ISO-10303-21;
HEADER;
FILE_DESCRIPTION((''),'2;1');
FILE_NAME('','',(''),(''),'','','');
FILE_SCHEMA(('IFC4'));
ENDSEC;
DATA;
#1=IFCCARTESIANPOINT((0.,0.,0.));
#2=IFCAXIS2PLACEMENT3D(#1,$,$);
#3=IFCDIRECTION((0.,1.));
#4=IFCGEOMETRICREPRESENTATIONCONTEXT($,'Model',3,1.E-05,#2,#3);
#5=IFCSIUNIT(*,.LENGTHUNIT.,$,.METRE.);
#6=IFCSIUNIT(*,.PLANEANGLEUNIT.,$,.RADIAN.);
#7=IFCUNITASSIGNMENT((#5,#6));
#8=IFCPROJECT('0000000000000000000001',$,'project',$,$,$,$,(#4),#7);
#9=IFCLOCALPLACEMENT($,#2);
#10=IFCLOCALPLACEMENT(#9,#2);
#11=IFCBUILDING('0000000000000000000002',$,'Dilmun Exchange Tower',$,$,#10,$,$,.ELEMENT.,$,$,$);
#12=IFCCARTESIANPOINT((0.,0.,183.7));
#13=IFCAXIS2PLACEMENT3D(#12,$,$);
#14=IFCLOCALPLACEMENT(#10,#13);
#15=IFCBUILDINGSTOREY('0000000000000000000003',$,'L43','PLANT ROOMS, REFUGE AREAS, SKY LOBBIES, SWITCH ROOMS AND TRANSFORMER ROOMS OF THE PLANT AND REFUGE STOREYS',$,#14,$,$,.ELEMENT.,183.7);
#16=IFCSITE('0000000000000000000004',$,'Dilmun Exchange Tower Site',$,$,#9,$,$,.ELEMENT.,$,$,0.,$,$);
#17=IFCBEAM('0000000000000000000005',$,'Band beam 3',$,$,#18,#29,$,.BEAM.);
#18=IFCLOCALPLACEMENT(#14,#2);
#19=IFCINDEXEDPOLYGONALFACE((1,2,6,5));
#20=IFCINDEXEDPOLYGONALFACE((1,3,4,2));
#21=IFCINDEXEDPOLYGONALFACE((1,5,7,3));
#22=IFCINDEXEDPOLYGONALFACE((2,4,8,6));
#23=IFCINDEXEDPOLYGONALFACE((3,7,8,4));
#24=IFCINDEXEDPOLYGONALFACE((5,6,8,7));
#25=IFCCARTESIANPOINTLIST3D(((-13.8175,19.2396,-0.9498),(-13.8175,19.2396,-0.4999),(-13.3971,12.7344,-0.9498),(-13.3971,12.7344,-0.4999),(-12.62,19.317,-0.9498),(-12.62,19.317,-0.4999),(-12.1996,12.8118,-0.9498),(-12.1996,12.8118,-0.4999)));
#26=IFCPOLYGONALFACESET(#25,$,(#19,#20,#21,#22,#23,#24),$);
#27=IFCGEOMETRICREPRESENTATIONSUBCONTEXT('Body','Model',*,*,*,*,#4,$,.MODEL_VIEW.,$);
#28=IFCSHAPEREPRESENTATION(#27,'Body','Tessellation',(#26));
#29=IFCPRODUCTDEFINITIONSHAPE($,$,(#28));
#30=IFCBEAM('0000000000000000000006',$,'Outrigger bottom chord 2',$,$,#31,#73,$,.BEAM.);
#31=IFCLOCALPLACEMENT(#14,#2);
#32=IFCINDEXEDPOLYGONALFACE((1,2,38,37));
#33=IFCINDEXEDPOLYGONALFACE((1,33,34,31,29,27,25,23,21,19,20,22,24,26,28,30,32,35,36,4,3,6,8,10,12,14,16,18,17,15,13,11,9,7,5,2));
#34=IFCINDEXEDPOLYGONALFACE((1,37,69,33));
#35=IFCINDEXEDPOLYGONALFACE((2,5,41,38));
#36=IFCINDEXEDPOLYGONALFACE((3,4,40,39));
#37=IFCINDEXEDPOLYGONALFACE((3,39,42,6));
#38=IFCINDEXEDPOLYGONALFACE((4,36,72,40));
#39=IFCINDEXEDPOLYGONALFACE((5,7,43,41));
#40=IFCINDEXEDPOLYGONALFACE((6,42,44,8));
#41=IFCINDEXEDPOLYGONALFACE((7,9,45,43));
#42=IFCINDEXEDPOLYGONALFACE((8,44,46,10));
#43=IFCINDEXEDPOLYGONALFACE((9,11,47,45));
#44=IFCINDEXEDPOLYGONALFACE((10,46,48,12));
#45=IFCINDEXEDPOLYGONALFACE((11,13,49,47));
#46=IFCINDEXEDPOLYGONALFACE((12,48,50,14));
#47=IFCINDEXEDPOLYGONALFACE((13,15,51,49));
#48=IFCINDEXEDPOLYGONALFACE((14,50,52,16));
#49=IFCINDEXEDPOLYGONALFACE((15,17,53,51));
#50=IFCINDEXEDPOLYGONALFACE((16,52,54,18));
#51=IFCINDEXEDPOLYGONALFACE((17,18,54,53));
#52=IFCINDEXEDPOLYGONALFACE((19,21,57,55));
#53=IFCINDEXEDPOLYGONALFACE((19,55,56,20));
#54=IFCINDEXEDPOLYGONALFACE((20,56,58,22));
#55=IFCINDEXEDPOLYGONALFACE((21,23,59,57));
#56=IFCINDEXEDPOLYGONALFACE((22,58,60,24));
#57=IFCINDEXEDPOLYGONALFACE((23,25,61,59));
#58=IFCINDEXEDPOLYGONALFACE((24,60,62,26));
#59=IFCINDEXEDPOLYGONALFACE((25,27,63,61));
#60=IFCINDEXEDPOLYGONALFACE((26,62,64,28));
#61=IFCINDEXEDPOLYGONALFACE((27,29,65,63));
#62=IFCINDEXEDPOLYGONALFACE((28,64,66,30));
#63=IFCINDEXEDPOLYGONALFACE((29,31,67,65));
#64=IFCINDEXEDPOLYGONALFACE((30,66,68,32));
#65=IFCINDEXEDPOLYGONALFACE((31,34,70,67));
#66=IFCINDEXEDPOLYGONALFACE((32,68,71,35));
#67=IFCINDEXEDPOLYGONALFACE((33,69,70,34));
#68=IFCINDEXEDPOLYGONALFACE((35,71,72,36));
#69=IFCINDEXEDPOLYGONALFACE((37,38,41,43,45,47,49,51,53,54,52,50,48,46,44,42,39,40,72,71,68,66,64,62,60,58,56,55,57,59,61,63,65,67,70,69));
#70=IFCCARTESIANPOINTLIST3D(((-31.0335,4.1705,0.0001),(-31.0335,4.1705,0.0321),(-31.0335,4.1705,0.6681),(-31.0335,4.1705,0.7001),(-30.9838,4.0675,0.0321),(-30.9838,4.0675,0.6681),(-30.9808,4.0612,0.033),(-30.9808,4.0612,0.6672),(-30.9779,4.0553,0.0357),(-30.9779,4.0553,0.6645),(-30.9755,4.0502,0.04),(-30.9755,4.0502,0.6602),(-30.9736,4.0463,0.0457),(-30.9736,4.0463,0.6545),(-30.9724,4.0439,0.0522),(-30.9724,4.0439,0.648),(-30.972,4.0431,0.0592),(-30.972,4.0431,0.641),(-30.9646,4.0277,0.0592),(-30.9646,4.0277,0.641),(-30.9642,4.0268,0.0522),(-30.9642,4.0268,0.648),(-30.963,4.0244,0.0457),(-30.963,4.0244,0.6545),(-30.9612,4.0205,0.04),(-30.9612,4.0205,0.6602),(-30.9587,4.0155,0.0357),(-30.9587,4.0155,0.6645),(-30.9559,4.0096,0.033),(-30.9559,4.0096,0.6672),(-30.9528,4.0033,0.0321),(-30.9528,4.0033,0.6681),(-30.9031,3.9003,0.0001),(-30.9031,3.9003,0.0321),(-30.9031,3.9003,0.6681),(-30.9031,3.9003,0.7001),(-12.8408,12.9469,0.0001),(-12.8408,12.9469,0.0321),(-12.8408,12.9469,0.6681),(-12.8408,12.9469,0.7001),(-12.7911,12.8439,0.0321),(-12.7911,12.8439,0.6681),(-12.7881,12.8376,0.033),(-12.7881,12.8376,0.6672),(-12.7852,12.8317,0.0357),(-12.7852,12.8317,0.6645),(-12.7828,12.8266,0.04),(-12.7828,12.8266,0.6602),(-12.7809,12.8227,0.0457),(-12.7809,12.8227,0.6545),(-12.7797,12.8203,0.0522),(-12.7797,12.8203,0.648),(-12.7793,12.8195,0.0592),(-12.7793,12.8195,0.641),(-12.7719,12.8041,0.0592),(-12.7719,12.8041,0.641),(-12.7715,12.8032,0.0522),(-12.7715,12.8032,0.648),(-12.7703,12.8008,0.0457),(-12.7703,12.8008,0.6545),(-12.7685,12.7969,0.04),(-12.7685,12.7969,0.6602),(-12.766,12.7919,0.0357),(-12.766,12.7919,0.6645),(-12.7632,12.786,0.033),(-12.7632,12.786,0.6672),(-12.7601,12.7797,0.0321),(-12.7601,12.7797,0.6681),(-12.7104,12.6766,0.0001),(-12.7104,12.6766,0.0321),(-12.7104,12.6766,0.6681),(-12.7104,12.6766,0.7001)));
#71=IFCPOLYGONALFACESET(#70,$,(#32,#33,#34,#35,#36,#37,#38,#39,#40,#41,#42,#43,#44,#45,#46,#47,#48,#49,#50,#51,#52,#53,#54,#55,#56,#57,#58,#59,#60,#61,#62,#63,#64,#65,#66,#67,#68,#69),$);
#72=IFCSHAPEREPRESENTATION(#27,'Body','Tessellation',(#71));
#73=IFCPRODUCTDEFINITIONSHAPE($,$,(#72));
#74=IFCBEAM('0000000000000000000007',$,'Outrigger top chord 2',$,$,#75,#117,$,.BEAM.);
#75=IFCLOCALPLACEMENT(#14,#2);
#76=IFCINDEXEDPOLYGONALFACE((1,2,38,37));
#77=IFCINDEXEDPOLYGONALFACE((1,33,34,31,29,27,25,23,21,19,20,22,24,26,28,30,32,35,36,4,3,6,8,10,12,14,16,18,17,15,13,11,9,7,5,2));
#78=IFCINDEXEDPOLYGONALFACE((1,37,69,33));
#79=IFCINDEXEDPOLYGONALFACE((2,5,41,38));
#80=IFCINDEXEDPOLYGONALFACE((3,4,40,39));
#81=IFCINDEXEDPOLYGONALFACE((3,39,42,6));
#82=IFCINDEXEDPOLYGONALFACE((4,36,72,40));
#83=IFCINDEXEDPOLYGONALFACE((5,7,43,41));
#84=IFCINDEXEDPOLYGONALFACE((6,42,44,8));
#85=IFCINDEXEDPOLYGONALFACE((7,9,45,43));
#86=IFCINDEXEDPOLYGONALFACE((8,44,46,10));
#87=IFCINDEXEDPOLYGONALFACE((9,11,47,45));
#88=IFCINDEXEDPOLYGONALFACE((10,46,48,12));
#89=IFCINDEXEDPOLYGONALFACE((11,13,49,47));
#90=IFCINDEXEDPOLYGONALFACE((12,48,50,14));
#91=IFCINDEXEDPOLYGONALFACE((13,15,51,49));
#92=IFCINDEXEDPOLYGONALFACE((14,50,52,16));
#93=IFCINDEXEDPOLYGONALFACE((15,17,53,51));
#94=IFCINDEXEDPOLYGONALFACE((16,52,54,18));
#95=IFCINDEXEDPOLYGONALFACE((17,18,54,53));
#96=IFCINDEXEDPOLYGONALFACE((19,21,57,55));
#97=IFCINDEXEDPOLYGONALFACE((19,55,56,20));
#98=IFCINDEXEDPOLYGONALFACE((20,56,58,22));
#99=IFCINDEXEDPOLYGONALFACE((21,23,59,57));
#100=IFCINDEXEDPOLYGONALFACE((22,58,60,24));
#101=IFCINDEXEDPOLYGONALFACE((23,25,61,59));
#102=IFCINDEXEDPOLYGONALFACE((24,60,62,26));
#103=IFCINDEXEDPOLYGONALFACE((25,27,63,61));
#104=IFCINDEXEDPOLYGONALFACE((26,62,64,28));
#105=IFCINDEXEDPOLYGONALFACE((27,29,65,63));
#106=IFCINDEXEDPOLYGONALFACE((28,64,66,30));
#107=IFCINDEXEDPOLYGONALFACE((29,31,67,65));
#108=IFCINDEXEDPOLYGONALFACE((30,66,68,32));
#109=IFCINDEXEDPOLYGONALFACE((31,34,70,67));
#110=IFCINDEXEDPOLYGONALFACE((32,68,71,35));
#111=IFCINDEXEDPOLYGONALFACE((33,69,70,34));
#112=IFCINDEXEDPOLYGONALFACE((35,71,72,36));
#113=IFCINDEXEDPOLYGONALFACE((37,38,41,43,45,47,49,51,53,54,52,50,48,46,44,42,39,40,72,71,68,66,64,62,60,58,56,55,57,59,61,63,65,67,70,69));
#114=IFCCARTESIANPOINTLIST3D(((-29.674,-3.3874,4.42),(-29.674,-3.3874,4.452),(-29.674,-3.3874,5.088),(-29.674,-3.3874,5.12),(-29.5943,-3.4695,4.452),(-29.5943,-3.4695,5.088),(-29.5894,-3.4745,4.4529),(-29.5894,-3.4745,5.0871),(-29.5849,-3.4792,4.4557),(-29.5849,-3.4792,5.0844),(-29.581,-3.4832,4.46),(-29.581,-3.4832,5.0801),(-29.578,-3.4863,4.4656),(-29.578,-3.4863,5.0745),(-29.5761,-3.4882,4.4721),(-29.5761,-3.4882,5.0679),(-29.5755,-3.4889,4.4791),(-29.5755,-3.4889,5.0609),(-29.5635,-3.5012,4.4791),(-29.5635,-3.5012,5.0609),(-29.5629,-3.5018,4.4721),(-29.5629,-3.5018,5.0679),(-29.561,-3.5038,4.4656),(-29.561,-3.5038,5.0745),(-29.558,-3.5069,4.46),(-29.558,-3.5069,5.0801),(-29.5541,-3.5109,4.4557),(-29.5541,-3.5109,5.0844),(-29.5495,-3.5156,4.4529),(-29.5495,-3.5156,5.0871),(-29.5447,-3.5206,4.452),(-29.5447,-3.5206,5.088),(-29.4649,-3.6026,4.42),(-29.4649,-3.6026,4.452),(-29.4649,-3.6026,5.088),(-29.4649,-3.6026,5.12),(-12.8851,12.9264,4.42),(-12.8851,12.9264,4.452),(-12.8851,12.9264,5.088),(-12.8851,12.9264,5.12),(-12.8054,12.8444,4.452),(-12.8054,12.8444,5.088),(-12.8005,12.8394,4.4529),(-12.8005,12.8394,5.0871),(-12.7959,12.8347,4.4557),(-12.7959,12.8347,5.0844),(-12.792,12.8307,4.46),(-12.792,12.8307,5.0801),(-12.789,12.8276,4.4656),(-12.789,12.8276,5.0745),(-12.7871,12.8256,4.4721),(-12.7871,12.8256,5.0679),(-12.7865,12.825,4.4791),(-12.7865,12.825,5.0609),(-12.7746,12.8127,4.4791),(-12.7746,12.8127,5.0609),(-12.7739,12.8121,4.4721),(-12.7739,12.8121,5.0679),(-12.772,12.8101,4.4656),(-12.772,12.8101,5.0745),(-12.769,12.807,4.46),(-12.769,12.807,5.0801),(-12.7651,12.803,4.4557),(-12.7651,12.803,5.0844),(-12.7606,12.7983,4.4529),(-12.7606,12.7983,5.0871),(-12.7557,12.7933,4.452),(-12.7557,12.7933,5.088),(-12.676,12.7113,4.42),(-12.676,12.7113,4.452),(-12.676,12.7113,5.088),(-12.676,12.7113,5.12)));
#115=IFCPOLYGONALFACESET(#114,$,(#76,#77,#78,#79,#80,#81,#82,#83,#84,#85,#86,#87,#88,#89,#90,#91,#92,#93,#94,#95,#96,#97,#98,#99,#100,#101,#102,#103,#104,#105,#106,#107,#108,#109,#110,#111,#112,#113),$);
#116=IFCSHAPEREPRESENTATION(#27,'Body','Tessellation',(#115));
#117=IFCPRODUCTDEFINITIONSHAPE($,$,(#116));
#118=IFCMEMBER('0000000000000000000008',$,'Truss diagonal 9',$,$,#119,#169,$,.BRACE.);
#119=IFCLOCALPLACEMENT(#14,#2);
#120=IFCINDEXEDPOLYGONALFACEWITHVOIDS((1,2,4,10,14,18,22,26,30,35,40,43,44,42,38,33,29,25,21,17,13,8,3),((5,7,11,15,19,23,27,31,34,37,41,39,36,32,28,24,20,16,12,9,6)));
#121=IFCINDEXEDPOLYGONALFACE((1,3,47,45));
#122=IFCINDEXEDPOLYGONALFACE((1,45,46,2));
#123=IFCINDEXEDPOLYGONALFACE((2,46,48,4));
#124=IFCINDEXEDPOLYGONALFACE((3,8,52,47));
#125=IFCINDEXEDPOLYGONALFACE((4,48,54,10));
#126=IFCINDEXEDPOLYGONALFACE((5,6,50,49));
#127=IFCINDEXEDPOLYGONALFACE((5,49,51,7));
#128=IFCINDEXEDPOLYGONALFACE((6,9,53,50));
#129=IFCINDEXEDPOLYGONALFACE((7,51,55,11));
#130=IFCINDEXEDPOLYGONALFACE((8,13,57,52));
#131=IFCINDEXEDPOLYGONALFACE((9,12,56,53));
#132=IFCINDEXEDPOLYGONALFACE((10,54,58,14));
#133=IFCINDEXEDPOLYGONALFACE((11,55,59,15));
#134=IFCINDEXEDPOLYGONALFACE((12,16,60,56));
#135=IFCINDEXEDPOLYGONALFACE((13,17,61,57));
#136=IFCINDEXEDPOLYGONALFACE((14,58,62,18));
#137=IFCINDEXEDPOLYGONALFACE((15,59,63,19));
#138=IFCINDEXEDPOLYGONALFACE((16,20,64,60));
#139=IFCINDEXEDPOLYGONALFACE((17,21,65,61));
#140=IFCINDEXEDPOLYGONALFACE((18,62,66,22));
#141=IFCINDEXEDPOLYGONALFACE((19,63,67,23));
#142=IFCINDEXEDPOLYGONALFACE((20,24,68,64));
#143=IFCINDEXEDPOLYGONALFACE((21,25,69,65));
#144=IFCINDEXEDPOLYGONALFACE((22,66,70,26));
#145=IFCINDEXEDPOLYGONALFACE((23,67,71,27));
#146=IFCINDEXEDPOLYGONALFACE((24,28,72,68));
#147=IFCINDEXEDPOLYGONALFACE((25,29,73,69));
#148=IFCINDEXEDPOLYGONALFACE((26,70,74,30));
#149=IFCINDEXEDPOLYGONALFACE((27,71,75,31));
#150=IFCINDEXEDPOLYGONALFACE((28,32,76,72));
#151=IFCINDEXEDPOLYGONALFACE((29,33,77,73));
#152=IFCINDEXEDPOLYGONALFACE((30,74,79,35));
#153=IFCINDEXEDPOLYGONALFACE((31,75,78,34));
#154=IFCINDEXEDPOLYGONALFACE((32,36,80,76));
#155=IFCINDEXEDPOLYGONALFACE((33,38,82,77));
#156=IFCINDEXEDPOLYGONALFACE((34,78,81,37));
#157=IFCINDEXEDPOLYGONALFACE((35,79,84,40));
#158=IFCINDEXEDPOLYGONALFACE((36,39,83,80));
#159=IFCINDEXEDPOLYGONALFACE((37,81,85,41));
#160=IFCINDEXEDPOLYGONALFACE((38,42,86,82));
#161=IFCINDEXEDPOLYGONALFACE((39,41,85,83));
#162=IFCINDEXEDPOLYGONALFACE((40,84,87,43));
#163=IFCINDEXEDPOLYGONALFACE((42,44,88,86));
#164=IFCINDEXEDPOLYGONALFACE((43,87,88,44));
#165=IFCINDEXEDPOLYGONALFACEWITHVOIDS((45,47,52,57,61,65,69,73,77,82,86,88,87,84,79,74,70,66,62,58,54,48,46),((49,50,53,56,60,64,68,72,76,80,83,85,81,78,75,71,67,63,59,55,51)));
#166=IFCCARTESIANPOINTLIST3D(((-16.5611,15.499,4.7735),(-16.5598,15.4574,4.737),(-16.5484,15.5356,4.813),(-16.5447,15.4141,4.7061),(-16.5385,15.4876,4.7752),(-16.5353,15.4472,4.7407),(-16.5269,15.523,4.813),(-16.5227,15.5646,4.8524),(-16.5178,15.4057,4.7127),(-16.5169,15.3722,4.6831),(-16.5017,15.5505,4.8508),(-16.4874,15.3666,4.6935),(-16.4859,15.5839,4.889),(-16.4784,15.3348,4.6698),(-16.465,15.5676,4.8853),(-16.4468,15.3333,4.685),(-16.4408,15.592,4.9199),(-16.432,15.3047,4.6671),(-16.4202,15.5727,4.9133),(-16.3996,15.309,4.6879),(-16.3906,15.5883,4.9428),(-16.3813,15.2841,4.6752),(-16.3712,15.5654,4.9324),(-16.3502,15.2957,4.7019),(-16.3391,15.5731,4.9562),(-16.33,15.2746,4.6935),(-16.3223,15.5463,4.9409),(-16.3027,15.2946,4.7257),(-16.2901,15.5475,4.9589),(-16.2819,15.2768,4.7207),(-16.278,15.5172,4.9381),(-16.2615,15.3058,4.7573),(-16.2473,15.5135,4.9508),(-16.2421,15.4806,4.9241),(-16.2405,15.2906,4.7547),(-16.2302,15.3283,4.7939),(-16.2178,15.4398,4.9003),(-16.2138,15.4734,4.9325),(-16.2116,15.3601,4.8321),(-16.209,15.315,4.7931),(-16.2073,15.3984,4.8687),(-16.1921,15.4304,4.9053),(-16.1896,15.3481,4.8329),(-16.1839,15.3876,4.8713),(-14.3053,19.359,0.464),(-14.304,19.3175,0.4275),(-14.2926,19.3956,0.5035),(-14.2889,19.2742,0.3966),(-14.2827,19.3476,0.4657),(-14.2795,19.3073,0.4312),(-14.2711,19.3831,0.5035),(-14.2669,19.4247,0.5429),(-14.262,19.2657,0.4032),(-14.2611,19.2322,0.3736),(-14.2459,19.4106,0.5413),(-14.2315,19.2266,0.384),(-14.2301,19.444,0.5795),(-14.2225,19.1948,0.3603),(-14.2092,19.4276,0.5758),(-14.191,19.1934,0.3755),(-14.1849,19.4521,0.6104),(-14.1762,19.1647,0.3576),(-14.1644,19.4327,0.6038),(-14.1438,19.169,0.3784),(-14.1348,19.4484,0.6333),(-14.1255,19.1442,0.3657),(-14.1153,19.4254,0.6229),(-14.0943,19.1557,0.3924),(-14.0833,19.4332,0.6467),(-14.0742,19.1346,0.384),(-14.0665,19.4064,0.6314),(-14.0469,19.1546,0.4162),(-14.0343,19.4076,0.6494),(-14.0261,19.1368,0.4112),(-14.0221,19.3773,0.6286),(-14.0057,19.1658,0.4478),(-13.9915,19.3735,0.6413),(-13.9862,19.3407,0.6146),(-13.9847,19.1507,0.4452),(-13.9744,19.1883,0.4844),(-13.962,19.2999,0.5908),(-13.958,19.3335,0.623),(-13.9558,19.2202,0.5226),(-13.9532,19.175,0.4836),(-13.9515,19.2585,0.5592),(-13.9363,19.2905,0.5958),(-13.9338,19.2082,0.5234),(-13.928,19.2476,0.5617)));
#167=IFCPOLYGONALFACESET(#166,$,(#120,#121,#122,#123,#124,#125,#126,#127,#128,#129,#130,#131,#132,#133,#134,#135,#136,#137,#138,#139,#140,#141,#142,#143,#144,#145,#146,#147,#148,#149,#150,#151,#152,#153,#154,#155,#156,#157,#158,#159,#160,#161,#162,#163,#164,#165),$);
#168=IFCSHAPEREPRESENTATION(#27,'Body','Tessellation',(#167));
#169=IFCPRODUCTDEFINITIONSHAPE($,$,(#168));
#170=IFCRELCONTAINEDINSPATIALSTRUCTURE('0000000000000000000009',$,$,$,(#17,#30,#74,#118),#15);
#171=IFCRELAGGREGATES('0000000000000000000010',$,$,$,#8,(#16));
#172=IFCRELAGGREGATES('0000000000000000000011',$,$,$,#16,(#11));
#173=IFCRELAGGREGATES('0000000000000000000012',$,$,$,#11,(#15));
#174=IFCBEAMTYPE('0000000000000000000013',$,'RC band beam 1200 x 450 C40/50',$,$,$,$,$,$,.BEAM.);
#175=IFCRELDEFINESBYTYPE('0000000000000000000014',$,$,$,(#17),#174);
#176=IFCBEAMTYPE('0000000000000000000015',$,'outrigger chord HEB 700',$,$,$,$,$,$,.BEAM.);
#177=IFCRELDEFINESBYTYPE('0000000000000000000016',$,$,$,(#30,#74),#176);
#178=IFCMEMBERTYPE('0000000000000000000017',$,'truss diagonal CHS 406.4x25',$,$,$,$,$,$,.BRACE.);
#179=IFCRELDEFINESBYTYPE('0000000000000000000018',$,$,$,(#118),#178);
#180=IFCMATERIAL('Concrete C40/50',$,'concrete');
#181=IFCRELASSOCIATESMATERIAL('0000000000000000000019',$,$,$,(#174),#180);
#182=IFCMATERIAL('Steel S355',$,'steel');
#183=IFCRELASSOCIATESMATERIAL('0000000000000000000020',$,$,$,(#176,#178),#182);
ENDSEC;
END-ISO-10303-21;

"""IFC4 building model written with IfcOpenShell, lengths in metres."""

from ifc_helpers import new_model, si_unit, direction, frame, origin, origin_2d, place, context, subcontext, project, spatial, rectangle, hollow_circle, i_section, extrude, material, material_profile, profile_set, type_object, element, save


model = new_model("IFC4")

# Units and contexts
model_context = context("Model", 3, precision=1e-05, world=origin(), true_north=direction((0.0, 1.0)))
body_context = subcontext(model_context, "Body", "Model", "MODEL_VIEW")
ifc_project = project(units=[si_unit("LENGTHUNIT", "METRE"), si_unit("PLANEANGLEUNIT", "RADIAN")], contexts=[model_context])

# Site, building, storey
site_placement = place(None, origin())
site = spatial("IfcSite", under=ifc_project, at=site_placement, Name="Dilmun Exchange Tower Site", CompositionType="ELEMENT", RefElevation=0.0)
building_placement = place(site_placement, origin())
building = spatial("IfcBuilding", under=site, at=building_placement, Name="Dilmun Exchange Tower", CompositionType="ELEMENT")
storey_placement = place(building_placement, frame((0.0, 0.0, 183.7)))
storey = spatial("IfcBuildingStorey", under=building, at=storey_placement, Name="L43", Description="PLANT ROOMS, REFUGE AREAS, SKY LOBBIES, SWITCH ROOMS AND TRANSFORMER ROOMS OF THE PLANT AND REFUGE STOREYS", CompositionType="ELEMENT", Elevation=183.7)

# Beams
ifc_material_1 = material(Name="Concrete C40/50", Category="concrete")
ifc_material_profile_1 = material_profile(ifc_material_1, rectangle(XDim=1.2, YDim=0.45, at=origin_2d()), Name="1200 x 450")
ifc_profile_set_1 = profile_set([ifc_material_profile_1], Name="Concrete C40/50")
beam_type_1 = type_object("IfcBeamType", Name="RC band beam 1200 x 450 C40/50", PredefinedType="BEAM", material=ifc_profile_set_1)
beam_1_placement = place(storey_placement, frame((-13.2188, 19.2783, -0.7249), z_axis=(0.064493, -0.997918, 0.0), x_axis=(0.997918, 0.064493, 0.0)))
element("IfcBeam", 1, at=beam_1_placement, inside=storey, type_object=beam_type_1, Name="Band beam 3", PredefinedType="BEAM", context=body_context, shape_type="SweptSolid", body=[
    extrude(rectangle(XDim=1.2, YDim=0.45, at=origin_2d()), origin(), (0.0, 0.0, 1.0), 6.5188),
])
ifc_material_2 = material(Name="Steel S355", Category="steel")
ifc_material_profile_2 = material_profile(ifc_material_2, i_section(OverallWidth=0.3, OverallDepth=0.7, WebThickness=0.0171, FlangeThickness=0.032, FilletRadius=0.0271, at=origin_2d()), Name="HEB 700")
ifc_profile_set_2 = profile_set([ifc_material_profile_2], Name="Steel S355")
beam_type_2 = type_object("IfcBeamType", Name="outrigger chord HEB 700", PredefinedType="BEAM", material=ifc_profile_set_2)
beam_2_placement = place(storey_placement, frame((-12.7756, 12.8118, 0.3501), z_axis=(-0.900673, -0.434497, 0.0), x_axis=(0.434497, -0.900673, 0.0)))
element("IfcBeam", 2, at=beam_2_placement, inside=storey, type_object=beam_type_2, Name="Outrigger bottom chord 2", PredefinedType="BEAM", context=body_context, shape_type="SweptSolid", body=[
    extrude(i_section(OverallWidth=0.3, OverallDepth=0.7, WebThickness=0.0171, FlangeThickness=0.032, FilletRadius=0.0271, at=origin_2d()), origin(), (0.0, 0.0, 1.0), 20.199),
])
beam_3_placement = place(storey_placement, frame((-12.7805, 12.8188, 4.77), z_axis=(-0.717181, -0.696887, 0.0), x_axis=(0.696887, -0.717181, 0.0)))
element("IfcBeam", 3, at=beam_3_placement, inside=storey, type_object=beam_type_2, Name="Outrigger top chord 2", PredefinedType="BEAM", context=body_context, shape_type="SweptSolid", body=[
    extrude(i_section(OverallWidth=0.3, OverallDepth=0.7, WebThickness=0.0171, FlangeThickness=0.032, FilletRadius=0.0271, at=origin_2d()), origin(), (0.0, 0.0, 1.0), 23.4097),
])

# Member
ifc_material_profile_3 = material_profile(ifc_material_2, hollow_circle(Radius=0.2031, WallThickness=0.0249, at=origin_2d()), Name="CHS 406.4x25")
ifc_profile_set_3 = profile_set([ifc_material_profile_3], Name="Steel S355")
member_type = type_object("IfcMemberType", Name="truss diagonal CHS 406.4x25", PredefinedType="BRACE", material=ifc_profile_set_3)
member_1_placement = place(storey_placement, frame((-16.373, 15.4331, 4.813), z_axis=(0.363274, 0.621615, -0.693994), x_axis=(-0.863377, 0.50456, 0.0)))
element("IfcMember", 4, at=member_1_placement, inside=storey, type_object=member_type, Name="Truss diagonal 9", PredefinedType="BRACE", context=body_context, shape_type="SweptSolid", body=[
    extrude(hollow_circle(Radius=0.2031, WallThickness=0.0249, at=origin_2d()), origin(), (0.0, 0.0, 1.0), 6.2097),
])

save(model, "model.ifc")
